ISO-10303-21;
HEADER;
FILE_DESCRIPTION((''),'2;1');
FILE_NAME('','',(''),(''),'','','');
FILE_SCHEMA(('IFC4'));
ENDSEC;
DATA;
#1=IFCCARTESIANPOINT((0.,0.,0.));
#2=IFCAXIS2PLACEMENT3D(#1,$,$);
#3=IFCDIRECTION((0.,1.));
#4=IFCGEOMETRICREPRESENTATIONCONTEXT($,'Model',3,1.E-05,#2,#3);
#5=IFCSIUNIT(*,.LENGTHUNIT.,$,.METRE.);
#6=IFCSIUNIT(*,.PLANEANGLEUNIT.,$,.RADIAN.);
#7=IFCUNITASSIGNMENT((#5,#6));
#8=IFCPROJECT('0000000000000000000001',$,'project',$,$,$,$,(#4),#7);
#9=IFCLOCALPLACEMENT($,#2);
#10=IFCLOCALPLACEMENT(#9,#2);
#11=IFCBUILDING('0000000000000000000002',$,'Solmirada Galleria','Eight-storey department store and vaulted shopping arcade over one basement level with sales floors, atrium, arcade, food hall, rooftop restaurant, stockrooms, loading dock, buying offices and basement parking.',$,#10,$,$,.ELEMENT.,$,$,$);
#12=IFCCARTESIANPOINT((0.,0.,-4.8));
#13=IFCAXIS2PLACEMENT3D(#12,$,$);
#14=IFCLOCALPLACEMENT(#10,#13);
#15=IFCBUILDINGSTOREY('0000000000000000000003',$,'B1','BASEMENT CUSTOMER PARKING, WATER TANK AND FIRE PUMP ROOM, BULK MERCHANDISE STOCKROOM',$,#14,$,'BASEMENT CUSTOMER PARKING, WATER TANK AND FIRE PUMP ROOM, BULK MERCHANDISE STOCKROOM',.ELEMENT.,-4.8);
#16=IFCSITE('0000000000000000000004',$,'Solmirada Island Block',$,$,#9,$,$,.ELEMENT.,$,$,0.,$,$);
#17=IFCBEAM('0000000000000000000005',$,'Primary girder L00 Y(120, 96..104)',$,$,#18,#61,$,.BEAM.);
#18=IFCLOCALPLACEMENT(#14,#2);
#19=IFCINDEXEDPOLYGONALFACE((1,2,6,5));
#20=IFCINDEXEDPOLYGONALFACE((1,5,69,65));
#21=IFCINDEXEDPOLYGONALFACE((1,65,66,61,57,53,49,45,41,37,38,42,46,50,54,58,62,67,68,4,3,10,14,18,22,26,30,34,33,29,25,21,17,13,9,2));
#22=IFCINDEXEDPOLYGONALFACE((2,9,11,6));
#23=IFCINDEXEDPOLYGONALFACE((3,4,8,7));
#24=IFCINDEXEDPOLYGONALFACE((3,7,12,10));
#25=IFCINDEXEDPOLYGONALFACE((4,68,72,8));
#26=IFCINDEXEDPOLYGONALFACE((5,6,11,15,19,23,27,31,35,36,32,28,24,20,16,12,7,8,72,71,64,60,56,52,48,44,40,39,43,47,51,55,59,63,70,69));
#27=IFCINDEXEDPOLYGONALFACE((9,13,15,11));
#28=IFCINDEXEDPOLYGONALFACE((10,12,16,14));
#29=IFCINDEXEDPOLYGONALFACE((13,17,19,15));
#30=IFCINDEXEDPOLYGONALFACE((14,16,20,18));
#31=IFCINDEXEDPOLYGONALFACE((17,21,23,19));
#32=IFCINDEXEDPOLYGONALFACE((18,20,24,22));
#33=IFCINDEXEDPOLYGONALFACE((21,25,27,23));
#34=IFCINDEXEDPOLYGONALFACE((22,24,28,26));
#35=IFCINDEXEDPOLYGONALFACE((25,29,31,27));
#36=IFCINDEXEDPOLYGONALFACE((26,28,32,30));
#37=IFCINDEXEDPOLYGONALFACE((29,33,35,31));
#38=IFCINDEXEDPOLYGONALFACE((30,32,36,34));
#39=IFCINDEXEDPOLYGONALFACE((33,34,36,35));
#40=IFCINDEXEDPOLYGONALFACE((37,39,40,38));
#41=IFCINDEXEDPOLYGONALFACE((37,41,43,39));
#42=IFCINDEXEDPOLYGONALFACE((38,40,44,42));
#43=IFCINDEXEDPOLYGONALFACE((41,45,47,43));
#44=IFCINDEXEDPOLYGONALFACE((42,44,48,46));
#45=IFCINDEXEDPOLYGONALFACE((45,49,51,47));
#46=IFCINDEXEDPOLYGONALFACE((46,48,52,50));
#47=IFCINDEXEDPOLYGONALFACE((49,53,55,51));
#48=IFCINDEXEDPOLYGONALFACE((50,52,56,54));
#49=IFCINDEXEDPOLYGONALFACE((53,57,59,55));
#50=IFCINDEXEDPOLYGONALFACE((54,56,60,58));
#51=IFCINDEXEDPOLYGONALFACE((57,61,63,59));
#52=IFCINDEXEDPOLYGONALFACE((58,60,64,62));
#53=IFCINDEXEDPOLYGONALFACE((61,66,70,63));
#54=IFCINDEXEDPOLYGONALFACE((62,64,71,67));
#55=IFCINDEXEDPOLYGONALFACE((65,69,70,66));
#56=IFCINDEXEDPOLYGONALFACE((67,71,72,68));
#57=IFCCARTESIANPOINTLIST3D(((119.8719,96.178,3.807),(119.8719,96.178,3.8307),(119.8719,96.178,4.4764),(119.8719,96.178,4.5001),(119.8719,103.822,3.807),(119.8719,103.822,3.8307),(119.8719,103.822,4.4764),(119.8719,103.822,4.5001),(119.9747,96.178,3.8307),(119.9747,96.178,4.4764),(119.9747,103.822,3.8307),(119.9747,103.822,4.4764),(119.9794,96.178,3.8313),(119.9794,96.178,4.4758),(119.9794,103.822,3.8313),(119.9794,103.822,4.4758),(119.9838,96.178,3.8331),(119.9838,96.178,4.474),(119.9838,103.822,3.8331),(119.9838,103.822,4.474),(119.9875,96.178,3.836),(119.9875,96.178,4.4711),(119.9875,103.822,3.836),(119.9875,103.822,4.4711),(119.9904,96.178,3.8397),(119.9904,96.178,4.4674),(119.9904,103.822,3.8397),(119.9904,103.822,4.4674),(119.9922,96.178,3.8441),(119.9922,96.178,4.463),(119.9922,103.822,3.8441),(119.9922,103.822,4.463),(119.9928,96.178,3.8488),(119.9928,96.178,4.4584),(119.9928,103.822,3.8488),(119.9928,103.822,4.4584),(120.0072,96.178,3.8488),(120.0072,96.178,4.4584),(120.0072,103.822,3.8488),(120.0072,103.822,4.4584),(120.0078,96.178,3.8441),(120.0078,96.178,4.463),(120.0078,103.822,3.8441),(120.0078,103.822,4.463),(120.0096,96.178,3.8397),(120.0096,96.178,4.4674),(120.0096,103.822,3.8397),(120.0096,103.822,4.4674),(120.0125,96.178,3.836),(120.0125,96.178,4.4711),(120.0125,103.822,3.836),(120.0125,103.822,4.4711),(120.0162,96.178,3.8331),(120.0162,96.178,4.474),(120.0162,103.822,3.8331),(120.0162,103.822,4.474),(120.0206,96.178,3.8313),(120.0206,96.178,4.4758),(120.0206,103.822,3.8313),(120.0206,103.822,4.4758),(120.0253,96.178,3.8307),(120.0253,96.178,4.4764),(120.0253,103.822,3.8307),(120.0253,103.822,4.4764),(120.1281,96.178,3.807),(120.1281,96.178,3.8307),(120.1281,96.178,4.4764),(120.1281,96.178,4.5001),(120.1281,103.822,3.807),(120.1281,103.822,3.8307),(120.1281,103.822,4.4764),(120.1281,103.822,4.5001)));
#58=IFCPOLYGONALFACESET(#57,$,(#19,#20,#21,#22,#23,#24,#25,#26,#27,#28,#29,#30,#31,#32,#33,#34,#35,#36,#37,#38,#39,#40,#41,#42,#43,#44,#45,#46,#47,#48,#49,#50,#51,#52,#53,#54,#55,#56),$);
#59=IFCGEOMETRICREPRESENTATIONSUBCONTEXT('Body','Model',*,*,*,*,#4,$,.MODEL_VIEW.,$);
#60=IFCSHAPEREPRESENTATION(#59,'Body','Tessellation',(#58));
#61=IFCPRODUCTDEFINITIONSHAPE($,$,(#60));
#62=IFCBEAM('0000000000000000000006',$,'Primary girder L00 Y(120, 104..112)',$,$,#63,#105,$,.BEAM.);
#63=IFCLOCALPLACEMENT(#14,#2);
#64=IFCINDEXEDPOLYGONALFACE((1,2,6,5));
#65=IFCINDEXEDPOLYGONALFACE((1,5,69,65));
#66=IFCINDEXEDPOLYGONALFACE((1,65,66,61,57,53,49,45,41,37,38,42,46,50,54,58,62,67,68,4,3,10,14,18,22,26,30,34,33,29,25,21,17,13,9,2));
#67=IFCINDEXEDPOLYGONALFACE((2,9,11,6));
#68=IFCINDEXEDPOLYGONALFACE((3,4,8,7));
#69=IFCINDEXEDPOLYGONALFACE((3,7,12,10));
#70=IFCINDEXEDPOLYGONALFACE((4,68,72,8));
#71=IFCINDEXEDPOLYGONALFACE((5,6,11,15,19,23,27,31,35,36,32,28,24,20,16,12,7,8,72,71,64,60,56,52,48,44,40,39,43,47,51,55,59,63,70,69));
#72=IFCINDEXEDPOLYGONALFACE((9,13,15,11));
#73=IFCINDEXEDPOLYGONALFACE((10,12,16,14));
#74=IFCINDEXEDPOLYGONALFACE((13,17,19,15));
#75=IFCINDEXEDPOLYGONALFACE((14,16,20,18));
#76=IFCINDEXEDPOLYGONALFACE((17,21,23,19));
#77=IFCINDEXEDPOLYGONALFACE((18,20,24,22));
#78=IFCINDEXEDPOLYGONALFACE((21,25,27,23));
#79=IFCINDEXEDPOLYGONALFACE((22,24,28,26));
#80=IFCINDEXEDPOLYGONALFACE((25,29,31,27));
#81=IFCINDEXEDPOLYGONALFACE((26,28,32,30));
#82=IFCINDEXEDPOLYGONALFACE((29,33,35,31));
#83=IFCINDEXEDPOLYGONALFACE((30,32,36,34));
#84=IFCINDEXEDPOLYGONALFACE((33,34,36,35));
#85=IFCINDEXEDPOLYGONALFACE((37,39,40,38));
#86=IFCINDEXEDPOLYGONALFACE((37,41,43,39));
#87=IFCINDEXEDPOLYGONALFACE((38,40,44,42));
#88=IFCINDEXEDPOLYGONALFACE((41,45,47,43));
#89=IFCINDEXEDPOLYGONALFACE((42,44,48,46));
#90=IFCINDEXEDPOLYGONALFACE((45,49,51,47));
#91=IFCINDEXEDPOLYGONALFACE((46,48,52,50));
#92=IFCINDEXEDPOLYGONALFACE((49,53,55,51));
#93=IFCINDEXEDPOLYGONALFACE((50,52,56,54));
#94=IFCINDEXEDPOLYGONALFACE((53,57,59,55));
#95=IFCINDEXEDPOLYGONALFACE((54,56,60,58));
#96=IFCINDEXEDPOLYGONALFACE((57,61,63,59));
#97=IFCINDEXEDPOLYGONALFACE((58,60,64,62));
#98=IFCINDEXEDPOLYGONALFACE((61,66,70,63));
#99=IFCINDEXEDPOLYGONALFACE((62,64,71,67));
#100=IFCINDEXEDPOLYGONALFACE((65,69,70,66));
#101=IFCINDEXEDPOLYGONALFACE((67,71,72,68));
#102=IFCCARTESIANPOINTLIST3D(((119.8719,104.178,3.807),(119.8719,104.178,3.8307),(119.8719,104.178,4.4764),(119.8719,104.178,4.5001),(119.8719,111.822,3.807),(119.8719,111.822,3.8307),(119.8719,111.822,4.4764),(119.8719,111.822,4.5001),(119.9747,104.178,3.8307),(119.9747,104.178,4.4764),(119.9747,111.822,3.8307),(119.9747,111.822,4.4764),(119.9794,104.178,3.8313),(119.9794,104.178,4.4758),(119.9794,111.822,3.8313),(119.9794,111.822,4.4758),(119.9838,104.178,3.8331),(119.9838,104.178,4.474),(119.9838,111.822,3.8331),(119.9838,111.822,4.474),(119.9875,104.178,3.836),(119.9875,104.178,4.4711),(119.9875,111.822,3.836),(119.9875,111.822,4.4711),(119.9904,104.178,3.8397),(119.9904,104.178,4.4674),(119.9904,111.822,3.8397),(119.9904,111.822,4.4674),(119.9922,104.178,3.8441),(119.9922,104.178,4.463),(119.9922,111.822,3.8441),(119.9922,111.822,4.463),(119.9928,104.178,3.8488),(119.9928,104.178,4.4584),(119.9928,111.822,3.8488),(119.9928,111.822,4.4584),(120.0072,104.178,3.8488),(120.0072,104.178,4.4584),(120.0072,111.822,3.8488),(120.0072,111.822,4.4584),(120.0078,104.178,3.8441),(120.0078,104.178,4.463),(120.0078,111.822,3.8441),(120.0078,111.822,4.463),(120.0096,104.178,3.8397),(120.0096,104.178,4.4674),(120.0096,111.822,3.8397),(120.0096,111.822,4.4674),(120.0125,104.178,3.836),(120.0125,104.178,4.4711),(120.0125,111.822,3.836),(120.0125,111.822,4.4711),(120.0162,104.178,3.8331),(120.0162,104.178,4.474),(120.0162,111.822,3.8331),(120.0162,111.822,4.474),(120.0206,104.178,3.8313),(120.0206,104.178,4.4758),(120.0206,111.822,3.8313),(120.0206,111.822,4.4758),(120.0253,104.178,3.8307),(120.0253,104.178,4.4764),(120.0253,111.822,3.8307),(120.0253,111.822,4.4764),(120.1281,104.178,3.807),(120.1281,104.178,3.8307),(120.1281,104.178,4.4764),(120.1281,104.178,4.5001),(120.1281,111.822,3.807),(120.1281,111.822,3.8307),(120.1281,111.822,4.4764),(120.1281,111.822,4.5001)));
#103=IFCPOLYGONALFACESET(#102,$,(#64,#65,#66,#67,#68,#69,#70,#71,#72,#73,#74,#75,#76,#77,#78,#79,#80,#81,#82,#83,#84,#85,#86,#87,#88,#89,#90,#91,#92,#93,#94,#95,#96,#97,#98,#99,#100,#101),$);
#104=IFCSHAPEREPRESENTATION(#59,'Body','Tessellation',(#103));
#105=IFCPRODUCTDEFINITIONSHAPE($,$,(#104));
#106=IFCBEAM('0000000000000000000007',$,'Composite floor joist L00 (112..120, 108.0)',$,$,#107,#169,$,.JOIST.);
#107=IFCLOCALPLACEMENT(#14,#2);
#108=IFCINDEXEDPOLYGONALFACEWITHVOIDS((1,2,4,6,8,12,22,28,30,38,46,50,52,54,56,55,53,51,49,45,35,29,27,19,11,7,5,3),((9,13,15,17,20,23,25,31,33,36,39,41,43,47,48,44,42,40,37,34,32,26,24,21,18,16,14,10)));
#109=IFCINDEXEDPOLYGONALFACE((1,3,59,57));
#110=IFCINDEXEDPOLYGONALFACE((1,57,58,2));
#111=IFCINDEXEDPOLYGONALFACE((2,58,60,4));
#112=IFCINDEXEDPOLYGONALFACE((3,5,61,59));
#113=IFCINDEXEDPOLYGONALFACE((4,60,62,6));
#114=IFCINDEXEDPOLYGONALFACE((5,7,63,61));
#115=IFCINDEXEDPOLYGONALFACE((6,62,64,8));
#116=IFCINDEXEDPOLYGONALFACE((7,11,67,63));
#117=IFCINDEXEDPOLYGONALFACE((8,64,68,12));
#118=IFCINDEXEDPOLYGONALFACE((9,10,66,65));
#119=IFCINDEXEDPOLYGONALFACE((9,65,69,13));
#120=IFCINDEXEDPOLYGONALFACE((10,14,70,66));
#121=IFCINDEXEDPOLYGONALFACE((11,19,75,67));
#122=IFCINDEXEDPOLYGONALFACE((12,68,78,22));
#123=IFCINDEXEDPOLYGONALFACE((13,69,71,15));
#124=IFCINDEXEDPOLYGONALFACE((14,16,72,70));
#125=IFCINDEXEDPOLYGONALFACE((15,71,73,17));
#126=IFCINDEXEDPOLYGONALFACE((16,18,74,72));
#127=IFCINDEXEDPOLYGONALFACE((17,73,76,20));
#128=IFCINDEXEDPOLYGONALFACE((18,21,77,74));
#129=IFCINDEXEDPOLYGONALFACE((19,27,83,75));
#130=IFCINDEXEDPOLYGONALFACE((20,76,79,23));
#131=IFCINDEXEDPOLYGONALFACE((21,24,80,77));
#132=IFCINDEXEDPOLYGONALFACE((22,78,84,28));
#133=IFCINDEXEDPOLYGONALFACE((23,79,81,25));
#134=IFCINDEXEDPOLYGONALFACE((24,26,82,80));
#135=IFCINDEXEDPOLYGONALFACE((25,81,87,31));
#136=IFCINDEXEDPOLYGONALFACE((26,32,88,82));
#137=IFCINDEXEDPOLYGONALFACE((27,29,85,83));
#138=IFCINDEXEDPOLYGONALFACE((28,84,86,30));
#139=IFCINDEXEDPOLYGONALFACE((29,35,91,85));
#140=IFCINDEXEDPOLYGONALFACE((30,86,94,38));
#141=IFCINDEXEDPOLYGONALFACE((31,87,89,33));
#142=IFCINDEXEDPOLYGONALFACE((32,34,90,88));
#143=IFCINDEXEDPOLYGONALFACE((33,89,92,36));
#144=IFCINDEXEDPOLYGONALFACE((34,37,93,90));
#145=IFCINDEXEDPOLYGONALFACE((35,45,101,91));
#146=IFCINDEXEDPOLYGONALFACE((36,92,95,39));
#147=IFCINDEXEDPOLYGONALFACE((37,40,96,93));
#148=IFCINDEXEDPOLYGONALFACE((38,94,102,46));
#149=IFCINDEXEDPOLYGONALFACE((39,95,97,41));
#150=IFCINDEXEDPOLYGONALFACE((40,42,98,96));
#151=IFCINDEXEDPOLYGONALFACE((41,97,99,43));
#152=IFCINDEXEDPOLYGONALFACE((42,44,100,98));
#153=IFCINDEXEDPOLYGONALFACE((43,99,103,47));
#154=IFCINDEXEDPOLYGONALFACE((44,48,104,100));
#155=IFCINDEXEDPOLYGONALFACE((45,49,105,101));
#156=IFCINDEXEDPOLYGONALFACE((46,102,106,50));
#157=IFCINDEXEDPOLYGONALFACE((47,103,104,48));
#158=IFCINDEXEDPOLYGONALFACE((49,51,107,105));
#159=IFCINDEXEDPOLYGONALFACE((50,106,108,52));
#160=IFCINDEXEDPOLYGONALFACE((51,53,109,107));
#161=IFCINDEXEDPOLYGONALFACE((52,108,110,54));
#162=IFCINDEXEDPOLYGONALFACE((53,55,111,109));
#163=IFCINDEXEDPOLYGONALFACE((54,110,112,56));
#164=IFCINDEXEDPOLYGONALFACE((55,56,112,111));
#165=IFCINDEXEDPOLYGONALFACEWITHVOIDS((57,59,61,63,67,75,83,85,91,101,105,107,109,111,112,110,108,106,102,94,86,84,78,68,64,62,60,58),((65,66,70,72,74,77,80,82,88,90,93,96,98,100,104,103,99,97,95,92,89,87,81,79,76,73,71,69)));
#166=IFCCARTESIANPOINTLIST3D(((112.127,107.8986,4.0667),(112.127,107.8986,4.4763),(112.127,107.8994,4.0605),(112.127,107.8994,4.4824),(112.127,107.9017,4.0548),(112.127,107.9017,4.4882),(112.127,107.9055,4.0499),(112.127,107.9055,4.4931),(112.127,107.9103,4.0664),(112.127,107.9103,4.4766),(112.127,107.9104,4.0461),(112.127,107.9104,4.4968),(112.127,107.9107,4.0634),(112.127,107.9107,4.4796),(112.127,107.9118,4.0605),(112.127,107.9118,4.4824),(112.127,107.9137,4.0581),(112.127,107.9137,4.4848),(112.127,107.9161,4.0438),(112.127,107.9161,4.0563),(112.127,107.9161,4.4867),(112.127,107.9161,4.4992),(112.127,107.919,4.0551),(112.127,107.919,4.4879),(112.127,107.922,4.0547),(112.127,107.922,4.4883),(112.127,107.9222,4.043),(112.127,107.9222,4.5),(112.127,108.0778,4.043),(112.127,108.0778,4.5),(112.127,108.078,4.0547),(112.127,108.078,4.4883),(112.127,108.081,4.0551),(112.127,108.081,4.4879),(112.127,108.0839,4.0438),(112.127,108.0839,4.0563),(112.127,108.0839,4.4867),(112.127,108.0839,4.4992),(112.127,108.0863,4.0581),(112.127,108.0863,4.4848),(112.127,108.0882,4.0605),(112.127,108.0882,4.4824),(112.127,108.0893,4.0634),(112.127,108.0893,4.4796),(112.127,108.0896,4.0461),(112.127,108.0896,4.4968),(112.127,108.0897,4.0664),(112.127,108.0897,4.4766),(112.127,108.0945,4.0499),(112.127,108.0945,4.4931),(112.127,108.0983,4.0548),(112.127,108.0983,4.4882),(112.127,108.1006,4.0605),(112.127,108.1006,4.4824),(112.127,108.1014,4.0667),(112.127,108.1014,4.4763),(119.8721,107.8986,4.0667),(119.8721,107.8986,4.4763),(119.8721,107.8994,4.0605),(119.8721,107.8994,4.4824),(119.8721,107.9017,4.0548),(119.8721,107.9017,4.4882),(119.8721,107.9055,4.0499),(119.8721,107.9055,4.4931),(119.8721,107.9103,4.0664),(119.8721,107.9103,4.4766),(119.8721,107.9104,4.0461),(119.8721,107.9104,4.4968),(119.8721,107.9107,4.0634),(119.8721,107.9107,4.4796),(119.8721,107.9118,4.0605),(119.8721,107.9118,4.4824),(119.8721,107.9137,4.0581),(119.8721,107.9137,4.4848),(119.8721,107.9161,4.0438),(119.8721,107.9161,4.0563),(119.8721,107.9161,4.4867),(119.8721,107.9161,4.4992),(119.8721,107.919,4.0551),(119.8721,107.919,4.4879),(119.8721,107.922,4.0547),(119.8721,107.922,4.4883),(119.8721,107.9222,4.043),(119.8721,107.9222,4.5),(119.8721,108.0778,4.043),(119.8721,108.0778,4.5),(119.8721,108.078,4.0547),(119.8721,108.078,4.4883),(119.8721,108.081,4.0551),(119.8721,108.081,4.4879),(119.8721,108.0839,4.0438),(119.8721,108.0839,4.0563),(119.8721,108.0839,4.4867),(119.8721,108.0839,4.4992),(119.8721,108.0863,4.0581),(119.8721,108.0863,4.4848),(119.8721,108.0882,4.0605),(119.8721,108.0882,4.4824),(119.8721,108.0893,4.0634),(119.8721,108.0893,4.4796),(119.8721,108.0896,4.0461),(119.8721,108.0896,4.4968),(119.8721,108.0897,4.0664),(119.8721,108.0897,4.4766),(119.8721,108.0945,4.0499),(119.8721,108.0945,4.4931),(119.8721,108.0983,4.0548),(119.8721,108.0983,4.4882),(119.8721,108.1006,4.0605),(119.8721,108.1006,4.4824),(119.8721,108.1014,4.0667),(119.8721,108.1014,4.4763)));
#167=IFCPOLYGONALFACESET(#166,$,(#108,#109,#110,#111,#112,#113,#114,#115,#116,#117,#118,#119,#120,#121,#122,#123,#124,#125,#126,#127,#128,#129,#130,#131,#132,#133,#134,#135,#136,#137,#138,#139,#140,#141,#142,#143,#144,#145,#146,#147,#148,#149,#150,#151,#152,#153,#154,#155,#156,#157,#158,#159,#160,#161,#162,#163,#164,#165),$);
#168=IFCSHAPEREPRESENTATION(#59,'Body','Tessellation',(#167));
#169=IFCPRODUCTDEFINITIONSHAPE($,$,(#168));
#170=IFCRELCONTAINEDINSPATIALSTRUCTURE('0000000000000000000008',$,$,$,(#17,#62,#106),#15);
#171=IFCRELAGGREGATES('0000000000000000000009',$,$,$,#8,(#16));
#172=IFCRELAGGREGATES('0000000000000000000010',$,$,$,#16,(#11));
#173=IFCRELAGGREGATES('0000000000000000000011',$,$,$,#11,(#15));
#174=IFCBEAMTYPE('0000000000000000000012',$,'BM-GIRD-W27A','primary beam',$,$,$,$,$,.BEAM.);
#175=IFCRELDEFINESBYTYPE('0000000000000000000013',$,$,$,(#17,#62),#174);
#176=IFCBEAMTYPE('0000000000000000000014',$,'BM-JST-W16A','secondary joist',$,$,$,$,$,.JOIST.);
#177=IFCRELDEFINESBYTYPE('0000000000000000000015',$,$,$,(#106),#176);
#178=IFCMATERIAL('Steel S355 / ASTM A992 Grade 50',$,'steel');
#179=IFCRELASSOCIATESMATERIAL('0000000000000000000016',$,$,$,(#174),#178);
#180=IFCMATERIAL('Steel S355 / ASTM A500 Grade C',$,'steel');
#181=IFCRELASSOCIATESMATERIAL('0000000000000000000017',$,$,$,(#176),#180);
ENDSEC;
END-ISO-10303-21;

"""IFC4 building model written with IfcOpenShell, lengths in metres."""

from ifc_helpers import new_model, si_unit, direction, frame, origin, origin_2d, place, context, subcontext, project, spatial, hollow_rectangle, i_section, extrude, material, material_profile, profile_set, type_object, element, save


model = new_model("IFC4")

# Units and contexts
model_context = context("Model", 3, precision=1e-05, world=origin(), true_north=direction((0.0, 1.0)))
body_context = subcontext(model_context, "Body", "Model", "MODEL_VIEW")
ifc_project = project(units=[si_unit("LENGTHUNIT", "METRE"), si_unit("PLANEANGLEUNIT", "RADIAN")], contexts=[model_context])

# Site, building, storey
site_placement = place(None, origin())
site = spatial("IfcSite", under=ifc_project, at=site_placement, Name="Solmirada Island Block", CompositionType="ELEMENT", RefElevation=0.0)
building_placement = place(site_placement, origin())
building = spatial("IfcBuilding", under=site, at=building_placement, Name="Solmirada Galleria", Description="Eight-storey department store and vaulted shopping arcade over one basement level with sales floors, atrium, arcade, food hall, rooftop restaurant, stockrooms, loading dock, buying offices and basement parking.", CompositionType="ELEMENT")
storey_placement = place(building_placement, frame((0.0, 0.0, -4.8)))
storey = spatial("IfcBuildingStorey", under=building, at=storey_placement, Name="B1", Description="BASEMENT CUSTOMER PARKING, WATER TANK AND FIRE PUMP ROOM, BULK MERCHANDISE STOCKROOM", LongName="BASEMENT CUSTOMER PARKING, WATER TANK AND FIRE PUMP ROOM, BULK MERCHANDISE STOCKROOM", CompositionType="ELEMENT", Elevation=-4.8)

# Shared definitions
ifc_material_1 = material(Name="Steel S355 / ASTM A500 Grade C", Category="steel")

# Beams
ifc_material_2 = material(Name="Steel S355 / ASTM A992 Grade 50", Category="steel")
ifc_material_profile_1 = material_profile(ifc_material_2, i_section(OverallWidth=0.2561, OverallDepth=0.6931, WebThickness=0.0144, FlangeThickness=0.0237, FilletRadius=0.0181, at=origin_2d()), Name="W27X114")
ifc_profile_set_1 = profile_set([ifc_material_profile_1], Name="Steel S355 / ASTM A992 Grade 50")
beam_type_1 = type_object("IfcBeamType", Name="BM-GIRD-W27A", Description="primary beam", PredefinedType="BEAM", material=ifc_profile_set_1)
for number, where, z_axis, x_axis, name in (
    (1, (120.0, 96.178, 4.1536), (0.0, 1.0, 0.0), (-1.0, 0.0, 0.0), "Primary girder L00 Y(120, 96..104)"),
    (2, (120.0, 104.178, 4.1536), (0.0, 1.0, 0.0), (-1.0, 0.0, 0.0), "Primary girder L00 Y(120, 104..112)"),
):
    element("IfcBeam", number, at=place(storey_placement, frame(where, z_axis=z_axis, x_axis=x_axis)), inside=storey, type_object=beam_type_1, Name=name, PredefinedType="BEAM", context=body_context, shape_type="SweptSolid", body=[
        extrude(i_section(OverallWidth=0.2561, OverallDepth=0.6931, WebThickness=0.0144, FlangeThickness=0.0237, FilletRadius=0.0181, at=origin_2d()), origin(), (0.0, 0.0, 1.0), 7.644),
    ])
ifc_material_profile_2 = material_profile(ifc_material_1, hollow_rectangle(XDim=0.2029, YDim=0.457, WallThickness=0.0117, InnerFilletRadius=0.0117, OuterFilletRadius=0.0237, at=origin_2d()), Name="HSS18X8X1/2")
ifc_profile_set_2 = profile_set([ifc_material_profile_2], Name="Steel S355 / ASTM A500 Grade C")
beam_type_2 = type_object("IfcBeamType", Name="BM-JST-W16A", Description="secondary joist", PredefinedType="JOIST", material=ifc_profile_set_2)
for number, where, z_axis, x_axis, name in (
    (3, (112.127, 108.0, 4.2715), (1.0, 0.0, 0.0), (0.0, 1.0, 0.0), "Composite floor joist L00 (112..120, 108.0)"),
):
    element("IfcBeam", number, at=place(storey_placement, frame(where, z_axis=z_axis, x_axis=x_axis)), inside=storey, type_object=beam_type_2, Name=name, PredefinedType="JOIST", context=body_context, shape_type="SweptSolid", body=[
        extrude(hollow_rectangle(XDim=0.2029, YDim=0.457, WallThickness=0.0117, InnerFilletRadius=0.0117, OuterFilletRadius=0.0237, at=origin_2d()), origin(), (0.0, 0.0, 1.0), 7.7451),
    ])

save(model, "model.ifc")
